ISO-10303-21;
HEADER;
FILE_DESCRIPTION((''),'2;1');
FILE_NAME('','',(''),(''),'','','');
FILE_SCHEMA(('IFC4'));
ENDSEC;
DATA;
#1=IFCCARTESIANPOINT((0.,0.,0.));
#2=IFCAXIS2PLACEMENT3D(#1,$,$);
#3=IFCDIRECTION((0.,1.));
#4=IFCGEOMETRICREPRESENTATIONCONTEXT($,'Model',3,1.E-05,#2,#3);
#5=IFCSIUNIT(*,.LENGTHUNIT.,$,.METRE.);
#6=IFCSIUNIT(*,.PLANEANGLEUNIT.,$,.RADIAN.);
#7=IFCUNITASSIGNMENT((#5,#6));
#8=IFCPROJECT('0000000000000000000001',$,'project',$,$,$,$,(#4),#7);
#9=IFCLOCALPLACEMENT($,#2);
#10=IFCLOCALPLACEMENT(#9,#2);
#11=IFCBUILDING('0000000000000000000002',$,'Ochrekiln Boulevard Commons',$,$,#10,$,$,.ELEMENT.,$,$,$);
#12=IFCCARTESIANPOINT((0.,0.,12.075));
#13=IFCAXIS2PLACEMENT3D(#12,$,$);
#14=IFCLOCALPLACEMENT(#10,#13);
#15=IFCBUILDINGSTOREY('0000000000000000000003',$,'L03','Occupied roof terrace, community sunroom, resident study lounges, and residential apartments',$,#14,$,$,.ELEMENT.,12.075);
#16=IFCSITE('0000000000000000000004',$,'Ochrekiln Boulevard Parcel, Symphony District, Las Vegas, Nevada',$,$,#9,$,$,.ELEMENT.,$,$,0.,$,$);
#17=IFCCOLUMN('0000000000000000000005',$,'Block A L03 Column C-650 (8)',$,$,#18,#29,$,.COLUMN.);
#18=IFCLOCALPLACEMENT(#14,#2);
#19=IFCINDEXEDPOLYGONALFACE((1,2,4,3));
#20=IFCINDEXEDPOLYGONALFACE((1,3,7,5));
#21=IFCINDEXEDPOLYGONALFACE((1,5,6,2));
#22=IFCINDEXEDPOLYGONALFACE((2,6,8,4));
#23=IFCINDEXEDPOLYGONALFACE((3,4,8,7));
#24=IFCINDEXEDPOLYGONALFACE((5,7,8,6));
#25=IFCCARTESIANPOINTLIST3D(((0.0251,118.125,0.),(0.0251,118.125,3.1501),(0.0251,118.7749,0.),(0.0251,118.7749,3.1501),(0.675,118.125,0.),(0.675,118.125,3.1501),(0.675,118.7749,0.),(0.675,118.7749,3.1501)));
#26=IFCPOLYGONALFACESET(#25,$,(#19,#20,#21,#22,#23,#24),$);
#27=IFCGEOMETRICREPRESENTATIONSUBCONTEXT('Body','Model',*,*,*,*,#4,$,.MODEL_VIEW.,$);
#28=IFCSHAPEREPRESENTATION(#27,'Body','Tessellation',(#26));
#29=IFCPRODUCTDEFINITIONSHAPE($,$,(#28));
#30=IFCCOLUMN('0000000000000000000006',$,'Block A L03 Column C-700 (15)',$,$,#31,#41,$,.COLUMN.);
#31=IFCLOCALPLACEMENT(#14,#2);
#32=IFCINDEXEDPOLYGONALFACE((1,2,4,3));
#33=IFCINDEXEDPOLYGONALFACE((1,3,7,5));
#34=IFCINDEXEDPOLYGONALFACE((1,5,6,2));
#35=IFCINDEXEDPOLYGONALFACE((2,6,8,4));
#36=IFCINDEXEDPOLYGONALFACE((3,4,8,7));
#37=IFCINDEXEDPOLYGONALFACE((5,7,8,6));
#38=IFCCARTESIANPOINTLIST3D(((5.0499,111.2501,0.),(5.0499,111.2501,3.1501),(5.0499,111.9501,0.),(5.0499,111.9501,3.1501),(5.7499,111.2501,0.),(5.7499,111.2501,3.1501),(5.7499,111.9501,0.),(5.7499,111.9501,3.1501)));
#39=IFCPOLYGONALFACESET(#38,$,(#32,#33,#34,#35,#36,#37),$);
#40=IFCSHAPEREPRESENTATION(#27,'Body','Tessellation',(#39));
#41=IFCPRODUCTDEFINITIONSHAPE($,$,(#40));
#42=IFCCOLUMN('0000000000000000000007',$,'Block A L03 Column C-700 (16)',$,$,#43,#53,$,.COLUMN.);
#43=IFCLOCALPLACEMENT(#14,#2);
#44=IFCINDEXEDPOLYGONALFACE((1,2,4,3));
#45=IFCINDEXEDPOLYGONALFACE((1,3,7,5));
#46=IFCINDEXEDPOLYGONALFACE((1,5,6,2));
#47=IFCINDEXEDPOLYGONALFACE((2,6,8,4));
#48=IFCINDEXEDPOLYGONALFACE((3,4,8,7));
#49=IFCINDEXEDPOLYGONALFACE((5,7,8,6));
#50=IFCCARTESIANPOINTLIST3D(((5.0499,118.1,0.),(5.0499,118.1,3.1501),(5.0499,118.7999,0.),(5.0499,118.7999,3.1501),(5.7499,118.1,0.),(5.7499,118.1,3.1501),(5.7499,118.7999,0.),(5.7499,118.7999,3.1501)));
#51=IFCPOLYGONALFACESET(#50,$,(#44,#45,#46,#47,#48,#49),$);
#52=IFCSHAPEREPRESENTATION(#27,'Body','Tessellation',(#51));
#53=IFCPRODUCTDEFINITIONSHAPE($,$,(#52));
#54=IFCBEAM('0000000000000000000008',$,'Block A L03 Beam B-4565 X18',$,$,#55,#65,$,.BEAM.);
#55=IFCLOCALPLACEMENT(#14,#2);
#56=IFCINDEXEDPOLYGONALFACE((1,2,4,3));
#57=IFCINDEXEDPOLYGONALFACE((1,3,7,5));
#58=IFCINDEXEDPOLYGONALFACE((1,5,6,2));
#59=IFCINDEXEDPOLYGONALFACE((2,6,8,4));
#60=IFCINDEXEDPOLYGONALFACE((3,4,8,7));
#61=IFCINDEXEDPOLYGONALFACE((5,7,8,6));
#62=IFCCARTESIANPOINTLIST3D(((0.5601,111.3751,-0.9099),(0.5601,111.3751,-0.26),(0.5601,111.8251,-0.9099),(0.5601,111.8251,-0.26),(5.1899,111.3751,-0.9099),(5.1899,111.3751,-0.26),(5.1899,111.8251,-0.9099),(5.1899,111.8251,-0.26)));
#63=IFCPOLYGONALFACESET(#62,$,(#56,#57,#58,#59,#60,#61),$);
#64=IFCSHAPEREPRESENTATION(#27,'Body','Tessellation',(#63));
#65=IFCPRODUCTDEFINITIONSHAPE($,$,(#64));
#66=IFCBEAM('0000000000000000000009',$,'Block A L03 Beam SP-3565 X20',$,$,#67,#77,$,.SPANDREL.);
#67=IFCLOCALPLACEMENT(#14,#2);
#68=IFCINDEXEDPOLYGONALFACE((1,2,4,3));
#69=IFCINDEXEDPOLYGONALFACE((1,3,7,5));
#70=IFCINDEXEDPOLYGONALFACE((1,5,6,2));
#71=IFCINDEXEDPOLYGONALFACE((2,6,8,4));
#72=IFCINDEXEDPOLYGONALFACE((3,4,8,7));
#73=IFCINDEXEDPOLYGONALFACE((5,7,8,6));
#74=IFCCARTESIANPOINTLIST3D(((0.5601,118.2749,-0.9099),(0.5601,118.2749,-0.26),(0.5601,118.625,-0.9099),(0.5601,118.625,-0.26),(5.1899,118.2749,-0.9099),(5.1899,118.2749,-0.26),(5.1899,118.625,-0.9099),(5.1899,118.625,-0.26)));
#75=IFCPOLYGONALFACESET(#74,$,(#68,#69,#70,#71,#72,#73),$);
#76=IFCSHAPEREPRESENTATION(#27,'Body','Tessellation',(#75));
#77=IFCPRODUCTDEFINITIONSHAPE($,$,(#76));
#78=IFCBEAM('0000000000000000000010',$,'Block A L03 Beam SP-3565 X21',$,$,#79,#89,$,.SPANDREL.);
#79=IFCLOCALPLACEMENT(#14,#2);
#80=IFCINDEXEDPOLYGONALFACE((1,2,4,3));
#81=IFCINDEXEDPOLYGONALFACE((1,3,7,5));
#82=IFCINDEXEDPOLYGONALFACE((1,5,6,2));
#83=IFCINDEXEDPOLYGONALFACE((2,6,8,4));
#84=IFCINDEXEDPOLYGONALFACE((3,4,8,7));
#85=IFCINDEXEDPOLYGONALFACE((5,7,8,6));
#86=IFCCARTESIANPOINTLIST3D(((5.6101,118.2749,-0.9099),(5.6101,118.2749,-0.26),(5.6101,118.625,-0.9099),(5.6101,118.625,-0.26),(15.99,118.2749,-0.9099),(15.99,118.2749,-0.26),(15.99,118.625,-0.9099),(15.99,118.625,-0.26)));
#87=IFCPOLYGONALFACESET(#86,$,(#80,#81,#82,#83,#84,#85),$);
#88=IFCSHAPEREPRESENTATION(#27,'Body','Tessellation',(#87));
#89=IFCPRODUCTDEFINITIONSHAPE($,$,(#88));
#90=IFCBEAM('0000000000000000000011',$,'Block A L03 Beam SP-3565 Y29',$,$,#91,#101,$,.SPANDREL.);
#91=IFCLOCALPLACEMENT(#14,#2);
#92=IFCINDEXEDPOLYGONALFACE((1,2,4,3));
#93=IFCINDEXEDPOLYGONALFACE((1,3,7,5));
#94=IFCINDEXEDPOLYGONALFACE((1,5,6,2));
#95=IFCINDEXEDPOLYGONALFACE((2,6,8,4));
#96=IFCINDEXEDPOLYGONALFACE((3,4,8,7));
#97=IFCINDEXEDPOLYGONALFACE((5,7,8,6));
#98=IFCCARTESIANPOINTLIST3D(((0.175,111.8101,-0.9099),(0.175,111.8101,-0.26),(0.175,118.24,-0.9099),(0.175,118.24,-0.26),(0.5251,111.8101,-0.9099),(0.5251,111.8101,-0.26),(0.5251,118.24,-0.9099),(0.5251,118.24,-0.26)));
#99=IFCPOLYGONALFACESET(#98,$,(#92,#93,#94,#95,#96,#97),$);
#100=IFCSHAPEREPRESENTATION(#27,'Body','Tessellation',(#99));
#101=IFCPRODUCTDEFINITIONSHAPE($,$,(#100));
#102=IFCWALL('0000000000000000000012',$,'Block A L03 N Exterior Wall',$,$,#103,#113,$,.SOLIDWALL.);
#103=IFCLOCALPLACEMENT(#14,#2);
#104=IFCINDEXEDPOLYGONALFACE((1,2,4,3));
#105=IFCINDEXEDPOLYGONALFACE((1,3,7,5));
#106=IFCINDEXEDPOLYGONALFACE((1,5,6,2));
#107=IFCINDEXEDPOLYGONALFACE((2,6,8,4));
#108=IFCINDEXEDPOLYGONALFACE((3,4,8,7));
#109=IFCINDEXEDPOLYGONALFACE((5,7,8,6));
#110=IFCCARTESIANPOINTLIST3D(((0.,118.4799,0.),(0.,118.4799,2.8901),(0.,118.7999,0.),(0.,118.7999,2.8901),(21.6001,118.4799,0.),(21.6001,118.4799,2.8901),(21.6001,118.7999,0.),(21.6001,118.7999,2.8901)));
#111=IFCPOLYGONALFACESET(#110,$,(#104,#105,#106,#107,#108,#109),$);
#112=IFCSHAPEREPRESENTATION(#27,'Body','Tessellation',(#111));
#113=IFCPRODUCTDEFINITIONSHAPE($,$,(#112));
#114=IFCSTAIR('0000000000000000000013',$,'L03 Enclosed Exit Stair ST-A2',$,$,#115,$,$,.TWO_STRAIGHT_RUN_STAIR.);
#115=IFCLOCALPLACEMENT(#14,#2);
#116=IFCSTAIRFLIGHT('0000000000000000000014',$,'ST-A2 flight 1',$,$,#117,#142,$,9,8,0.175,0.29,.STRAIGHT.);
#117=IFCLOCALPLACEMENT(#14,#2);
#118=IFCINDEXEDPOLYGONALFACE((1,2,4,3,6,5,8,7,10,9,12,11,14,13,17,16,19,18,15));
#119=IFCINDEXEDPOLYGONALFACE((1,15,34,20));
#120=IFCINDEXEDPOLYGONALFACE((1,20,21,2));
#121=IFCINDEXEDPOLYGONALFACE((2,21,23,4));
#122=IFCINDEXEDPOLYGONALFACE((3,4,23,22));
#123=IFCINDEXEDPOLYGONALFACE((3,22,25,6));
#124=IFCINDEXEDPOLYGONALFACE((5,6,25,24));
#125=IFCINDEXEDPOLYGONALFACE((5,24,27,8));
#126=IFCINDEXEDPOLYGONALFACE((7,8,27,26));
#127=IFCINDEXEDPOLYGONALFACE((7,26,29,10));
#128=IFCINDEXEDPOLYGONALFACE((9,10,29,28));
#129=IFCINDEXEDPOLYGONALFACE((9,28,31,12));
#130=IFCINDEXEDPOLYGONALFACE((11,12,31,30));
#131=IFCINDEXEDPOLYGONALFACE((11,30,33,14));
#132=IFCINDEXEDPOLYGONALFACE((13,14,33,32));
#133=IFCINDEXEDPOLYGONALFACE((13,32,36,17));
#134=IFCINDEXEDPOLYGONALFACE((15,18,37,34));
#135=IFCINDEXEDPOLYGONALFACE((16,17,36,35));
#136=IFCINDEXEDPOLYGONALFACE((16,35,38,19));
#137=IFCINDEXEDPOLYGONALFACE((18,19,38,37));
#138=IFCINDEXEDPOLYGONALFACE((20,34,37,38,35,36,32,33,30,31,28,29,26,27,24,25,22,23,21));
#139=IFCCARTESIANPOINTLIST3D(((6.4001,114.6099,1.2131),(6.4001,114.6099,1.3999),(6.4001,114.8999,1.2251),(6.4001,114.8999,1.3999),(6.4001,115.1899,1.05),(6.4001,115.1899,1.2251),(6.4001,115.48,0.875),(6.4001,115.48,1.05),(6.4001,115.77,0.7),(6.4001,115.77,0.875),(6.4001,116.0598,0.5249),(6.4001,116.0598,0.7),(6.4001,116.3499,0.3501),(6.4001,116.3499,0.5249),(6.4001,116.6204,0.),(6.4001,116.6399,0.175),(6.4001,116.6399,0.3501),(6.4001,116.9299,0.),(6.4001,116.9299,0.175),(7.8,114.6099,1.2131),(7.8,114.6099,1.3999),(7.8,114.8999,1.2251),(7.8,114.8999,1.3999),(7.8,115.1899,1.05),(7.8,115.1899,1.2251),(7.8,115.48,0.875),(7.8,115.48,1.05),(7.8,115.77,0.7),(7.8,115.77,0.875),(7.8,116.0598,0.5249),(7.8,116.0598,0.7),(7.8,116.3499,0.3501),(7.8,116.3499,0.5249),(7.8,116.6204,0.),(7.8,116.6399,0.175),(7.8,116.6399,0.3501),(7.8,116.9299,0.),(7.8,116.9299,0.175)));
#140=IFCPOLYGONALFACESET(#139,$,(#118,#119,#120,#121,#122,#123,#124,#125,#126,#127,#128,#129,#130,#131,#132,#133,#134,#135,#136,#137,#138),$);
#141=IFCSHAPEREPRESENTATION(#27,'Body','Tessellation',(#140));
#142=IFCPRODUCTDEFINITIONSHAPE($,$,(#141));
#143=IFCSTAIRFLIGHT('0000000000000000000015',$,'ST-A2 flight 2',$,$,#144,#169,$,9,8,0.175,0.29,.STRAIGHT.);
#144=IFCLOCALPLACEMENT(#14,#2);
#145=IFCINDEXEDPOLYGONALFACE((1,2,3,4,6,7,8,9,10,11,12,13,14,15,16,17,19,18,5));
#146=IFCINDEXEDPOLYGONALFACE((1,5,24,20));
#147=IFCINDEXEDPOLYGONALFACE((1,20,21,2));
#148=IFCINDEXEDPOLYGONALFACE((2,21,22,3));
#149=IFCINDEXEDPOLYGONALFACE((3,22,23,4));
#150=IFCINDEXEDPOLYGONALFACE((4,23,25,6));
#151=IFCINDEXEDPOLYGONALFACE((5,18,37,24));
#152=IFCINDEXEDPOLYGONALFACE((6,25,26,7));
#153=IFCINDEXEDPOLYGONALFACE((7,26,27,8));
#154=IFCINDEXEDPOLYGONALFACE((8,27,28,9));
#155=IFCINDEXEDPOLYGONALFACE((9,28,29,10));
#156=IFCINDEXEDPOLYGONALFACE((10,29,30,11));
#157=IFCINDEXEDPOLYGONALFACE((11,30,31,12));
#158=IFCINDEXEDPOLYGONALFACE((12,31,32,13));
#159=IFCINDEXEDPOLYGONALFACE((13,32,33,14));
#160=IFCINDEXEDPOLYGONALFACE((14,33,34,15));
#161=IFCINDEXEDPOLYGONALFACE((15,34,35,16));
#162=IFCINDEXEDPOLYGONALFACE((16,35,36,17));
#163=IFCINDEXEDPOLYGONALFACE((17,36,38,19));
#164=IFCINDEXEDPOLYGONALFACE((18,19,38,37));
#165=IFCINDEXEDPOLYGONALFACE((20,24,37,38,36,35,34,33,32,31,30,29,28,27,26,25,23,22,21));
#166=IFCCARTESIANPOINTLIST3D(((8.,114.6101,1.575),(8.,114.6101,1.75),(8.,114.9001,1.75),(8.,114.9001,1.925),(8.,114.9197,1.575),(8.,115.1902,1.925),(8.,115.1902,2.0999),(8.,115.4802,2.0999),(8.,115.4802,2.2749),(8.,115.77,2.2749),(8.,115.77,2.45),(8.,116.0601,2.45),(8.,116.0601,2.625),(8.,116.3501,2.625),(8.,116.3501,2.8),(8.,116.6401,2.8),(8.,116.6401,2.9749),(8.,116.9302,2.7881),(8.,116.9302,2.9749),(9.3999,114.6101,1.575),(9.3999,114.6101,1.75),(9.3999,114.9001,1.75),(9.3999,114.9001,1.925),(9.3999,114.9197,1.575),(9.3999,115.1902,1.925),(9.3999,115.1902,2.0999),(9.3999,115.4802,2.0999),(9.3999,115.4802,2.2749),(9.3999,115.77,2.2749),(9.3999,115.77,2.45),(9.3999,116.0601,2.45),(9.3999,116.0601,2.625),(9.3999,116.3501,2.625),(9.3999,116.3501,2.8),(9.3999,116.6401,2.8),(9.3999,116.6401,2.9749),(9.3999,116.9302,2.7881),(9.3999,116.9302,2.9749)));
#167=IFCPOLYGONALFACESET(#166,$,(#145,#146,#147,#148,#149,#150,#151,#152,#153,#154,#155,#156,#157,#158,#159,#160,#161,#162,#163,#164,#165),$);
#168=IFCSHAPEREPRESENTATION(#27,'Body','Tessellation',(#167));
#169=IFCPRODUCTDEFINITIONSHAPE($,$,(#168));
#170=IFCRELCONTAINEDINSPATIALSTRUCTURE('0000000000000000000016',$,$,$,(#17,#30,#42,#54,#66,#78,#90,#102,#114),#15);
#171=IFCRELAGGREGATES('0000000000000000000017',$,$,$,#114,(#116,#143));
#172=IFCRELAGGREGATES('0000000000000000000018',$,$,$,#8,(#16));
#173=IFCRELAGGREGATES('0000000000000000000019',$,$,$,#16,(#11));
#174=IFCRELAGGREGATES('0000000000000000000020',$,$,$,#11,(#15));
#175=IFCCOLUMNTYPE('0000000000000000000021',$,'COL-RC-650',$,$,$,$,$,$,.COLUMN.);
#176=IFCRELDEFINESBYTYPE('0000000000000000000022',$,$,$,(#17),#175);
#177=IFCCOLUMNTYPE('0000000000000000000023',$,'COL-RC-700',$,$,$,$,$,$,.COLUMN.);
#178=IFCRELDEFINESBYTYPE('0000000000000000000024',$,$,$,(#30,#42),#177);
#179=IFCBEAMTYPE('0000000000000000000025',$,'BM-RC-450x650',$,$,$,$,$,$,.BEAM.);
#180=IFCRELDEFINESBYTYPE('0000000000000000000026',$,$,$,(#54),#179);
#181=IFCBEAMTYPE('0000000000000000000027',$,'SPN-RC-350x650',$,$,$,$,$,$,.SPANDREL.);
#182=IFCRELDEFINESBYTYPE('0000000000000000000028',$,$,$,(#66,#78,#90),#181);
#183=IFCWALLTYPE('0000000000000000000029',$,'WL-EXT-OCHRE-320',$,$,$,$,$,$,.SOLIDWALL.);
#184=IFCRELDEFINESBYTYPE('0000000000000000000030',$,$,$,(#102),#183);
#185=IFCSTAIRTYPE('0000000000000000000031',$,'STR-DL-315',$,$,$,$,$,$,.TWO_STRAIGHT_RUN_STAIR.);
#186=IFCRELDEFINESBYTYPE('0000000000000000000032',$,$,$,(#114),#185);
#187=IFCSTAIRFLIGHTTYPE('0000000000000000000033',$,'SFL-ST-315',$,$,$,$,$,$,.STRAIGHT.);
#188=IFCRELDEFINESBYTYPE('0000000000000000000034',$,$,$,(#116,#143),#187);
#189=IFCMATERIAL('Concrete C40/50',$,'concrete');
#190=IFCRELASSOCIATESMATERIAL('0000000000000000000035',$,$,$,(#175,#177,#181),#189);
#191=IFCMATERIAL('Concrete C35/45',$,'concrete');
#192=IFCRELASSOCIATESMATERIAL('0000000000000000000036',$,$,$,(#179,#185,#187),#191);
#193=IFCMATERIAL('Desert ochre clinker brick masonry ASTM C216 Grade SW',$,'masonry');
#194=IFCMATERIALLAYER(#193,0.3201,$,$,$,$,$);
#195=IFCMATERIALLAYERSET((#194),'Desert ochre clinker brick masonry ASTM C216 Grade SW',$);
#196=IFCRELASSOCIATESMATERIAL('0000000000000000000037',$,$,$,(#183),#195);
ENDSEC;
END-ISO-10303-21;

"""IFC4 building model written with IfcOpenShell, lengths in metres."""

from ifc_helpers import new_model, si_unit, direction, frame, frame_2d, origin, origin_2d, place, context, subcontext, project, spatial, polyline, rectangle, outline, extrude, material, layer, layer_set, material_profile, profile_set, type_object, element, aggregate, save


model = new_model("IFC4")

# Units and contexts
model_context = context("Model", 3, precision=1e-05, world=origin(), true_north=direction((0.0, 1.0)))
body_context = subcontext(model_context, "Body", "Model", "MODEL_VIEW")
ifc_project = project(units=[si_unit("LENGTHUNIT", "METRE"), si_unit("PLANEANGLEUNIT", "RADIAN")], contexts=[model_context])

# Site, building, storey
site_placement = place(None, origin())
site = spatial("IfcSite", under=ifc_project, at=site_placement, Name="Ochrekiln Boulevard Parcel, Symphony District, Las Vegas, Nevada", CompositionType="ELEMENT", RefElevation=0.0)
building_placement = place(site_placement, origin())
building = spatial("IfcBuilding", under=site, at=building_placement, Name="Ochrekiln Boulevard Commons", CompositionType="ELEMENT")
storey_placement = place(building_placement, frame((0.0, 0.0, 12.075)))
storey = spatial("IfcBuildingStorey", under=building, at=storey_placement, Name="L03", Description="Occupied roof terrace, community sunroom, resident study lounges, and residential apartments", CompositionType="ELEMENT", Elevation=12.075)

# Columns
ifc_material_1 = material(Name="Concrete C40/50", Category="concrete")
ifc_material_profile_1 = material_profile(ifc_material_1, rectangle(XDim=0.6499, YDim=0.6499, at=origin_2d()), Name="RC-COL-650x650")
ifc_profile_set_1 = profile_set([ifc_material_profile_1], Name="Concrete C40/50")
column_type_1 = type_object("IfcColumnType", Name="COL-RC-650", PredefinedType="COLUMN", material=ifc_profile_set_1)
column_placement = place(storey_placement, frame((0.3501, 118.45, 0.0), z_axis=(0.0, 0.0, 1.0), x_axis=(1.0, 0.0, 0.0)))
element("IfcColumn", 1, at=column_placement, inside=storey, type_object=column_type_1, Name="Block A L03 Column C-650 (8)", PredefinedType="COLUMN", context=body_context, shape_type="SweptSolid", body=[
    extrude(rectangle(XDim=0.6499, YDim=0.6499, at=origin_2d()), origin(), (0.0, 0.0, 1.0), 3.1501),
])
ifc_material_profile_2 = material_profile(ifc_material_1, rectangle(XDim=0.7, YDim=0.7, at=origin_2d()), Name="RC-COL-700x700")
ifc_profile_set_2 = profile_set([ifc_material_profile_2], Name="Concrete C40/50")
column_type_2 = type_object("IfcColumnType", Name="COL-RC-700", PredefinedType="COLUMN", material=ifc_profile_set_2)
for number, where, z_axis, x_axis, name in (
    (2, (5.3999, 111.6001, 0.0), (0.0, 0.0, 1.0), (1.0, 0.0, 0.0), "Block A L03 Column C-700 (15)"),
    (3, (5.3999, 118.45, 0.0), (0.0, 0.0, 1.0), (1.0, 0.0, 0.0), "Block A L03 Column C-700 (16)"),
):
    element("IfcColumn", number, at=place(storey_placement, frame(where, z_axis=z_axis, x_axis=x_axis)), inside=storey, type_object=column_type_2, Name=name, PredefinedType="COLUMN", context=body_context, shape_type="SweptSolid", body=[
        extrude(rectangle(XDim=0.7, YDim=0.7, at=origin_2d()), origin(), (0.0, 0.0, 1.0), 3.1501),
    ])

# Beams
ifc_material_2 = material(Name="Concrete C35/45", Category="concrete")
ifc_material_profile_3 = material_profile(ifc_material_2, rectangle(XDim=0.45, YDim=0.6499, at=origin_2d()), Name="RC-BM-450x650")
ifc_profile_set_3 = profile_set([ifc_material_profile_3], Name="Concrete C35/45")
beam_type_1 = type_object("IfcBeamType", Name="BM-RC-450x650", PredefinedType="BEAM", material=ifc_profile_set_3)
beam_1_placement = place(storey_placement, frame((0.5601, 111.6001, -0.585), z_axis=(1.0, 0.0, 0.0), x_axis=(0.0, 1.0, 0.0)))
element("IfcBeam", 4, at=beam_1_placement, inside=storey, type_object=beam_type_1, Name="Block A L03 Beam B-4565 X18", PredefinedType="BEAM", context=body_context, shape_type="SweptSolid", body=[
    extrude(rectangle(XDim=0.45, YDim=0.6499, at=origin_2d()), origin(), (0.0, 0.0, 1.0), 4.6299),
])
ifc_material_profile_4 = material_profile(ifc_material_1, rectangle(XDim=0.3501, YDim=0.6499, at=origin_2d()), Name="RC-SPN-350x650")
ifc_profile_set_4 = profile_set([ifc_material_profile_4], Name="Concrete C40/50")
beam_type_2 = type_object("IfcBeamType", Name="SPN-RC-350x650", PredefinedType="SPANDREL", material=ifc_profile_set_4)
beam_2_placement = place(storey_placement, frame((0.5601, 118.45, -0.585), z_axis=(1.0, 0.0, 0.0), x_axis=(0.0, 1.0, 0.0)))
element("IfcBeam", 5, at=beam_2_placement, inside=storey, type_object=beam_type_2, Name="Block A L03 Beam SP-3565 X20", PredefinedType="SPANDREL", context=body_context, shape_type="SweptSolid", body=[
    extrude(rectangle(XDim=0.3501, YDim=0.6499, at=origin_2d()), origin(), (0.0, 0.0, 1.0), 4.6299),
])
beam_3_placement = place(storey_placement, frame((5.6101, 118.45, -0.585), z_axis=(1.0, 0.0, 0.0), x_axis=(0.0, 1.0, 0.0)))
element("IfcBeam", 6, at=beam_3_placement, inside=storey, type_object=beam_type_2, Name="Block A L03 Beam SP-3565 X21", PredefinedType="SPANDREL", context=body_context, shape_type="SweptSolid", body=[
    extrude(rectangle(XDim=0.3501, YDim=0.6499, at=origin_2d()), origin(), (0.0, 0.0, 1.0), 10.3799),
])
beam_4_placement = place(storey_placement, frame((0.3501, 111.8101, -0.585), z_axis=(0.0, 1.0, 0.0), x_axis=(-1.0, 0.0, 0.0)))
element("IfcBeam", 7, at=beam_4_placement, inside=storey, type_object=beam_type_2, Name="Block A L03 Beam SP-3565 Y29", PredefinedType="SPANDREL", context=body_context, shape_type="SweptSolid", body=[
    extrude(rectangle(XDim=0.3501, YDim=0.6499, at=origin_2d()), origin(), (0.0, 0.0, 1.0), 6.4299),
])

# Wall
ifc_material_3 = material(Name="Desert ochre clinker brick masonry ASTM C216 Grade SW", Category="masonry")
ifc_layer_1 = layer(ifc_material_3, 0.3201)
ifc_layer_set_1 = layer_set([ifc_layer_1], Name="Desert ochre clinker brick masonry ASTM C216 Grade SW")
wall_type_1 = type_object("IfcWallType", Name="WL-EXT-OCHRE-320", PredefinedType="SOLIDWALL", material=ifc_layer_set_1)
wall_1_placement = place(storey_placement, frame((0.0, 118.6399, 0.0), z_axis=(0.0, 0.0, 1.0), x_axis=(1.0, 0.0, 0.0)))
element("IfcWall", 8, at=wall_1_placement, inside=storey, type_object=wall_type_1, Name="Block A L03 N Exterior Wall", PredefinedType="SOLIDWALL", context=body_context, shape_type="SweptSolid", body=[
    extrude(rectangle(XDim=21.6001, YDim=0.3201, at=frame_2d((10.8, 0.0))), origin(), (0.0, 0.0, 1.0), 2.8901),
])

# Stair, stair flights
stair_type = type_object("IfcStairType", Name="STR-DL-315", PredefinedType="TWO_STRAIGHT_RUN_STAIR", material=ifc_material_2)
stair_placement = place(storey_placement, origin())
stair = element("IfcStair", 9, at=stair_placement, inside=storey, type_object=stair_type, Name="L03 Enclosed Exit Stair ST-A2", PredefinedType="TWO_STRAIGHT_RUN_STAIR")
stair_flight_type = type_object("IfcStairFlightType", Name="SFL-ST-315", PredefinedType="STRAIGHT", material=ifc_material_2)
stair_flight_1_placement = place(storey_placement, frame((7.1001, 116.9299, 0.0), z_axis=(0.0, 0.0, 1.0), x_axis=(0.0, -1.0, 0.0)))
stair_flight_1 = element("IfcStairFlight", 10, at=stair_flight_1_placement, type_object=stair_flight_type, Name="ST-A2 flight 1", NumberOfRisers=9, NumberOfTreads=8, PredefinedType="STRAIGHT", RiserHeight=0.175, TreadLength=0.29, context=body_context, shape_type="SweptSolid", body=[
    extrude(outline(polyline([(0.0, 0.0), (0.0, 0.175), (0.29, 0.175), (0.29, 0.3501), (0.5801, 0.3501), (0.5801, 0.5249), (0.8701, 0.5249), (0.8701, 0.7), (1.1599, 0.7), (1.1599, 0.875), (1.45, 0.875), (1.45, 1.05), (1.74, 1.05), (1.74, 1.2251), (2.03, 1.2251), (2.03, 1.3999), (2.3201, 1.3999), (2.3201, 1.575), (2.3201, 1.2131), (0.3096, 0.0), (0.0, 0.0)])), frame((0.0, 0.7, 0.0), z_axis=(0.0, -1.0, 0.0), x_axis=(1.0, 0.0, 0.0)), (0.0, 0.0, 1.0), 1.3999),
])
stair_flight_2_placement = place(storey_placement, frame((8.7, 114.6101, 1.575), z_axis=(0.0, 0.0, 1.0), x_axis=(0.0, 1.0, 0.0)))
stair_flight_2 = element("IfcStairFlight", 11, at=stair_flight_2_placement, type_object=stair_flight_type, Name="ST-A2 flight 2", NumberOfRisers=9, NumberOfTreads=8, PredefinedType="STRAIGHT", RiserHeight=0.175, TreadLength=0.29, context=body_context, shape_type="SweptSolid", body=[
    extrude(outline(polyline([(0.0, 0.0), (0.0, 0.175), (0.29, 0.175), (0.29, 0.3501), (0.5801, 0.3501), (0.5801, 0.5249), (0.8701, 0.5249), (0.8701, 0.7), (1.1599, 0.7), (1.1599, 0.875), (1.45, 0.875), (1.45, 1.05), (1.74, 1.05), (1.74, 1.2251), (2.03, 1.2251), (2.03, 1.3999), (2.3201, 1.3999), (2.3201, 1.575), (2.3201, 1.2131), (0.3096, 0.0), (0.0, 0.0)])), frame((0.0, 0.7, 0.0), z_axis=(0.0, -1.0, 0.0), x_axis=(1.0, 0.0, 0.0)), (0.0, 0.0, 1.0), 1.3999),
])
aggregate(stair, [stair_flight_1, stair_flight_2])

save(model, "model.ifc")
